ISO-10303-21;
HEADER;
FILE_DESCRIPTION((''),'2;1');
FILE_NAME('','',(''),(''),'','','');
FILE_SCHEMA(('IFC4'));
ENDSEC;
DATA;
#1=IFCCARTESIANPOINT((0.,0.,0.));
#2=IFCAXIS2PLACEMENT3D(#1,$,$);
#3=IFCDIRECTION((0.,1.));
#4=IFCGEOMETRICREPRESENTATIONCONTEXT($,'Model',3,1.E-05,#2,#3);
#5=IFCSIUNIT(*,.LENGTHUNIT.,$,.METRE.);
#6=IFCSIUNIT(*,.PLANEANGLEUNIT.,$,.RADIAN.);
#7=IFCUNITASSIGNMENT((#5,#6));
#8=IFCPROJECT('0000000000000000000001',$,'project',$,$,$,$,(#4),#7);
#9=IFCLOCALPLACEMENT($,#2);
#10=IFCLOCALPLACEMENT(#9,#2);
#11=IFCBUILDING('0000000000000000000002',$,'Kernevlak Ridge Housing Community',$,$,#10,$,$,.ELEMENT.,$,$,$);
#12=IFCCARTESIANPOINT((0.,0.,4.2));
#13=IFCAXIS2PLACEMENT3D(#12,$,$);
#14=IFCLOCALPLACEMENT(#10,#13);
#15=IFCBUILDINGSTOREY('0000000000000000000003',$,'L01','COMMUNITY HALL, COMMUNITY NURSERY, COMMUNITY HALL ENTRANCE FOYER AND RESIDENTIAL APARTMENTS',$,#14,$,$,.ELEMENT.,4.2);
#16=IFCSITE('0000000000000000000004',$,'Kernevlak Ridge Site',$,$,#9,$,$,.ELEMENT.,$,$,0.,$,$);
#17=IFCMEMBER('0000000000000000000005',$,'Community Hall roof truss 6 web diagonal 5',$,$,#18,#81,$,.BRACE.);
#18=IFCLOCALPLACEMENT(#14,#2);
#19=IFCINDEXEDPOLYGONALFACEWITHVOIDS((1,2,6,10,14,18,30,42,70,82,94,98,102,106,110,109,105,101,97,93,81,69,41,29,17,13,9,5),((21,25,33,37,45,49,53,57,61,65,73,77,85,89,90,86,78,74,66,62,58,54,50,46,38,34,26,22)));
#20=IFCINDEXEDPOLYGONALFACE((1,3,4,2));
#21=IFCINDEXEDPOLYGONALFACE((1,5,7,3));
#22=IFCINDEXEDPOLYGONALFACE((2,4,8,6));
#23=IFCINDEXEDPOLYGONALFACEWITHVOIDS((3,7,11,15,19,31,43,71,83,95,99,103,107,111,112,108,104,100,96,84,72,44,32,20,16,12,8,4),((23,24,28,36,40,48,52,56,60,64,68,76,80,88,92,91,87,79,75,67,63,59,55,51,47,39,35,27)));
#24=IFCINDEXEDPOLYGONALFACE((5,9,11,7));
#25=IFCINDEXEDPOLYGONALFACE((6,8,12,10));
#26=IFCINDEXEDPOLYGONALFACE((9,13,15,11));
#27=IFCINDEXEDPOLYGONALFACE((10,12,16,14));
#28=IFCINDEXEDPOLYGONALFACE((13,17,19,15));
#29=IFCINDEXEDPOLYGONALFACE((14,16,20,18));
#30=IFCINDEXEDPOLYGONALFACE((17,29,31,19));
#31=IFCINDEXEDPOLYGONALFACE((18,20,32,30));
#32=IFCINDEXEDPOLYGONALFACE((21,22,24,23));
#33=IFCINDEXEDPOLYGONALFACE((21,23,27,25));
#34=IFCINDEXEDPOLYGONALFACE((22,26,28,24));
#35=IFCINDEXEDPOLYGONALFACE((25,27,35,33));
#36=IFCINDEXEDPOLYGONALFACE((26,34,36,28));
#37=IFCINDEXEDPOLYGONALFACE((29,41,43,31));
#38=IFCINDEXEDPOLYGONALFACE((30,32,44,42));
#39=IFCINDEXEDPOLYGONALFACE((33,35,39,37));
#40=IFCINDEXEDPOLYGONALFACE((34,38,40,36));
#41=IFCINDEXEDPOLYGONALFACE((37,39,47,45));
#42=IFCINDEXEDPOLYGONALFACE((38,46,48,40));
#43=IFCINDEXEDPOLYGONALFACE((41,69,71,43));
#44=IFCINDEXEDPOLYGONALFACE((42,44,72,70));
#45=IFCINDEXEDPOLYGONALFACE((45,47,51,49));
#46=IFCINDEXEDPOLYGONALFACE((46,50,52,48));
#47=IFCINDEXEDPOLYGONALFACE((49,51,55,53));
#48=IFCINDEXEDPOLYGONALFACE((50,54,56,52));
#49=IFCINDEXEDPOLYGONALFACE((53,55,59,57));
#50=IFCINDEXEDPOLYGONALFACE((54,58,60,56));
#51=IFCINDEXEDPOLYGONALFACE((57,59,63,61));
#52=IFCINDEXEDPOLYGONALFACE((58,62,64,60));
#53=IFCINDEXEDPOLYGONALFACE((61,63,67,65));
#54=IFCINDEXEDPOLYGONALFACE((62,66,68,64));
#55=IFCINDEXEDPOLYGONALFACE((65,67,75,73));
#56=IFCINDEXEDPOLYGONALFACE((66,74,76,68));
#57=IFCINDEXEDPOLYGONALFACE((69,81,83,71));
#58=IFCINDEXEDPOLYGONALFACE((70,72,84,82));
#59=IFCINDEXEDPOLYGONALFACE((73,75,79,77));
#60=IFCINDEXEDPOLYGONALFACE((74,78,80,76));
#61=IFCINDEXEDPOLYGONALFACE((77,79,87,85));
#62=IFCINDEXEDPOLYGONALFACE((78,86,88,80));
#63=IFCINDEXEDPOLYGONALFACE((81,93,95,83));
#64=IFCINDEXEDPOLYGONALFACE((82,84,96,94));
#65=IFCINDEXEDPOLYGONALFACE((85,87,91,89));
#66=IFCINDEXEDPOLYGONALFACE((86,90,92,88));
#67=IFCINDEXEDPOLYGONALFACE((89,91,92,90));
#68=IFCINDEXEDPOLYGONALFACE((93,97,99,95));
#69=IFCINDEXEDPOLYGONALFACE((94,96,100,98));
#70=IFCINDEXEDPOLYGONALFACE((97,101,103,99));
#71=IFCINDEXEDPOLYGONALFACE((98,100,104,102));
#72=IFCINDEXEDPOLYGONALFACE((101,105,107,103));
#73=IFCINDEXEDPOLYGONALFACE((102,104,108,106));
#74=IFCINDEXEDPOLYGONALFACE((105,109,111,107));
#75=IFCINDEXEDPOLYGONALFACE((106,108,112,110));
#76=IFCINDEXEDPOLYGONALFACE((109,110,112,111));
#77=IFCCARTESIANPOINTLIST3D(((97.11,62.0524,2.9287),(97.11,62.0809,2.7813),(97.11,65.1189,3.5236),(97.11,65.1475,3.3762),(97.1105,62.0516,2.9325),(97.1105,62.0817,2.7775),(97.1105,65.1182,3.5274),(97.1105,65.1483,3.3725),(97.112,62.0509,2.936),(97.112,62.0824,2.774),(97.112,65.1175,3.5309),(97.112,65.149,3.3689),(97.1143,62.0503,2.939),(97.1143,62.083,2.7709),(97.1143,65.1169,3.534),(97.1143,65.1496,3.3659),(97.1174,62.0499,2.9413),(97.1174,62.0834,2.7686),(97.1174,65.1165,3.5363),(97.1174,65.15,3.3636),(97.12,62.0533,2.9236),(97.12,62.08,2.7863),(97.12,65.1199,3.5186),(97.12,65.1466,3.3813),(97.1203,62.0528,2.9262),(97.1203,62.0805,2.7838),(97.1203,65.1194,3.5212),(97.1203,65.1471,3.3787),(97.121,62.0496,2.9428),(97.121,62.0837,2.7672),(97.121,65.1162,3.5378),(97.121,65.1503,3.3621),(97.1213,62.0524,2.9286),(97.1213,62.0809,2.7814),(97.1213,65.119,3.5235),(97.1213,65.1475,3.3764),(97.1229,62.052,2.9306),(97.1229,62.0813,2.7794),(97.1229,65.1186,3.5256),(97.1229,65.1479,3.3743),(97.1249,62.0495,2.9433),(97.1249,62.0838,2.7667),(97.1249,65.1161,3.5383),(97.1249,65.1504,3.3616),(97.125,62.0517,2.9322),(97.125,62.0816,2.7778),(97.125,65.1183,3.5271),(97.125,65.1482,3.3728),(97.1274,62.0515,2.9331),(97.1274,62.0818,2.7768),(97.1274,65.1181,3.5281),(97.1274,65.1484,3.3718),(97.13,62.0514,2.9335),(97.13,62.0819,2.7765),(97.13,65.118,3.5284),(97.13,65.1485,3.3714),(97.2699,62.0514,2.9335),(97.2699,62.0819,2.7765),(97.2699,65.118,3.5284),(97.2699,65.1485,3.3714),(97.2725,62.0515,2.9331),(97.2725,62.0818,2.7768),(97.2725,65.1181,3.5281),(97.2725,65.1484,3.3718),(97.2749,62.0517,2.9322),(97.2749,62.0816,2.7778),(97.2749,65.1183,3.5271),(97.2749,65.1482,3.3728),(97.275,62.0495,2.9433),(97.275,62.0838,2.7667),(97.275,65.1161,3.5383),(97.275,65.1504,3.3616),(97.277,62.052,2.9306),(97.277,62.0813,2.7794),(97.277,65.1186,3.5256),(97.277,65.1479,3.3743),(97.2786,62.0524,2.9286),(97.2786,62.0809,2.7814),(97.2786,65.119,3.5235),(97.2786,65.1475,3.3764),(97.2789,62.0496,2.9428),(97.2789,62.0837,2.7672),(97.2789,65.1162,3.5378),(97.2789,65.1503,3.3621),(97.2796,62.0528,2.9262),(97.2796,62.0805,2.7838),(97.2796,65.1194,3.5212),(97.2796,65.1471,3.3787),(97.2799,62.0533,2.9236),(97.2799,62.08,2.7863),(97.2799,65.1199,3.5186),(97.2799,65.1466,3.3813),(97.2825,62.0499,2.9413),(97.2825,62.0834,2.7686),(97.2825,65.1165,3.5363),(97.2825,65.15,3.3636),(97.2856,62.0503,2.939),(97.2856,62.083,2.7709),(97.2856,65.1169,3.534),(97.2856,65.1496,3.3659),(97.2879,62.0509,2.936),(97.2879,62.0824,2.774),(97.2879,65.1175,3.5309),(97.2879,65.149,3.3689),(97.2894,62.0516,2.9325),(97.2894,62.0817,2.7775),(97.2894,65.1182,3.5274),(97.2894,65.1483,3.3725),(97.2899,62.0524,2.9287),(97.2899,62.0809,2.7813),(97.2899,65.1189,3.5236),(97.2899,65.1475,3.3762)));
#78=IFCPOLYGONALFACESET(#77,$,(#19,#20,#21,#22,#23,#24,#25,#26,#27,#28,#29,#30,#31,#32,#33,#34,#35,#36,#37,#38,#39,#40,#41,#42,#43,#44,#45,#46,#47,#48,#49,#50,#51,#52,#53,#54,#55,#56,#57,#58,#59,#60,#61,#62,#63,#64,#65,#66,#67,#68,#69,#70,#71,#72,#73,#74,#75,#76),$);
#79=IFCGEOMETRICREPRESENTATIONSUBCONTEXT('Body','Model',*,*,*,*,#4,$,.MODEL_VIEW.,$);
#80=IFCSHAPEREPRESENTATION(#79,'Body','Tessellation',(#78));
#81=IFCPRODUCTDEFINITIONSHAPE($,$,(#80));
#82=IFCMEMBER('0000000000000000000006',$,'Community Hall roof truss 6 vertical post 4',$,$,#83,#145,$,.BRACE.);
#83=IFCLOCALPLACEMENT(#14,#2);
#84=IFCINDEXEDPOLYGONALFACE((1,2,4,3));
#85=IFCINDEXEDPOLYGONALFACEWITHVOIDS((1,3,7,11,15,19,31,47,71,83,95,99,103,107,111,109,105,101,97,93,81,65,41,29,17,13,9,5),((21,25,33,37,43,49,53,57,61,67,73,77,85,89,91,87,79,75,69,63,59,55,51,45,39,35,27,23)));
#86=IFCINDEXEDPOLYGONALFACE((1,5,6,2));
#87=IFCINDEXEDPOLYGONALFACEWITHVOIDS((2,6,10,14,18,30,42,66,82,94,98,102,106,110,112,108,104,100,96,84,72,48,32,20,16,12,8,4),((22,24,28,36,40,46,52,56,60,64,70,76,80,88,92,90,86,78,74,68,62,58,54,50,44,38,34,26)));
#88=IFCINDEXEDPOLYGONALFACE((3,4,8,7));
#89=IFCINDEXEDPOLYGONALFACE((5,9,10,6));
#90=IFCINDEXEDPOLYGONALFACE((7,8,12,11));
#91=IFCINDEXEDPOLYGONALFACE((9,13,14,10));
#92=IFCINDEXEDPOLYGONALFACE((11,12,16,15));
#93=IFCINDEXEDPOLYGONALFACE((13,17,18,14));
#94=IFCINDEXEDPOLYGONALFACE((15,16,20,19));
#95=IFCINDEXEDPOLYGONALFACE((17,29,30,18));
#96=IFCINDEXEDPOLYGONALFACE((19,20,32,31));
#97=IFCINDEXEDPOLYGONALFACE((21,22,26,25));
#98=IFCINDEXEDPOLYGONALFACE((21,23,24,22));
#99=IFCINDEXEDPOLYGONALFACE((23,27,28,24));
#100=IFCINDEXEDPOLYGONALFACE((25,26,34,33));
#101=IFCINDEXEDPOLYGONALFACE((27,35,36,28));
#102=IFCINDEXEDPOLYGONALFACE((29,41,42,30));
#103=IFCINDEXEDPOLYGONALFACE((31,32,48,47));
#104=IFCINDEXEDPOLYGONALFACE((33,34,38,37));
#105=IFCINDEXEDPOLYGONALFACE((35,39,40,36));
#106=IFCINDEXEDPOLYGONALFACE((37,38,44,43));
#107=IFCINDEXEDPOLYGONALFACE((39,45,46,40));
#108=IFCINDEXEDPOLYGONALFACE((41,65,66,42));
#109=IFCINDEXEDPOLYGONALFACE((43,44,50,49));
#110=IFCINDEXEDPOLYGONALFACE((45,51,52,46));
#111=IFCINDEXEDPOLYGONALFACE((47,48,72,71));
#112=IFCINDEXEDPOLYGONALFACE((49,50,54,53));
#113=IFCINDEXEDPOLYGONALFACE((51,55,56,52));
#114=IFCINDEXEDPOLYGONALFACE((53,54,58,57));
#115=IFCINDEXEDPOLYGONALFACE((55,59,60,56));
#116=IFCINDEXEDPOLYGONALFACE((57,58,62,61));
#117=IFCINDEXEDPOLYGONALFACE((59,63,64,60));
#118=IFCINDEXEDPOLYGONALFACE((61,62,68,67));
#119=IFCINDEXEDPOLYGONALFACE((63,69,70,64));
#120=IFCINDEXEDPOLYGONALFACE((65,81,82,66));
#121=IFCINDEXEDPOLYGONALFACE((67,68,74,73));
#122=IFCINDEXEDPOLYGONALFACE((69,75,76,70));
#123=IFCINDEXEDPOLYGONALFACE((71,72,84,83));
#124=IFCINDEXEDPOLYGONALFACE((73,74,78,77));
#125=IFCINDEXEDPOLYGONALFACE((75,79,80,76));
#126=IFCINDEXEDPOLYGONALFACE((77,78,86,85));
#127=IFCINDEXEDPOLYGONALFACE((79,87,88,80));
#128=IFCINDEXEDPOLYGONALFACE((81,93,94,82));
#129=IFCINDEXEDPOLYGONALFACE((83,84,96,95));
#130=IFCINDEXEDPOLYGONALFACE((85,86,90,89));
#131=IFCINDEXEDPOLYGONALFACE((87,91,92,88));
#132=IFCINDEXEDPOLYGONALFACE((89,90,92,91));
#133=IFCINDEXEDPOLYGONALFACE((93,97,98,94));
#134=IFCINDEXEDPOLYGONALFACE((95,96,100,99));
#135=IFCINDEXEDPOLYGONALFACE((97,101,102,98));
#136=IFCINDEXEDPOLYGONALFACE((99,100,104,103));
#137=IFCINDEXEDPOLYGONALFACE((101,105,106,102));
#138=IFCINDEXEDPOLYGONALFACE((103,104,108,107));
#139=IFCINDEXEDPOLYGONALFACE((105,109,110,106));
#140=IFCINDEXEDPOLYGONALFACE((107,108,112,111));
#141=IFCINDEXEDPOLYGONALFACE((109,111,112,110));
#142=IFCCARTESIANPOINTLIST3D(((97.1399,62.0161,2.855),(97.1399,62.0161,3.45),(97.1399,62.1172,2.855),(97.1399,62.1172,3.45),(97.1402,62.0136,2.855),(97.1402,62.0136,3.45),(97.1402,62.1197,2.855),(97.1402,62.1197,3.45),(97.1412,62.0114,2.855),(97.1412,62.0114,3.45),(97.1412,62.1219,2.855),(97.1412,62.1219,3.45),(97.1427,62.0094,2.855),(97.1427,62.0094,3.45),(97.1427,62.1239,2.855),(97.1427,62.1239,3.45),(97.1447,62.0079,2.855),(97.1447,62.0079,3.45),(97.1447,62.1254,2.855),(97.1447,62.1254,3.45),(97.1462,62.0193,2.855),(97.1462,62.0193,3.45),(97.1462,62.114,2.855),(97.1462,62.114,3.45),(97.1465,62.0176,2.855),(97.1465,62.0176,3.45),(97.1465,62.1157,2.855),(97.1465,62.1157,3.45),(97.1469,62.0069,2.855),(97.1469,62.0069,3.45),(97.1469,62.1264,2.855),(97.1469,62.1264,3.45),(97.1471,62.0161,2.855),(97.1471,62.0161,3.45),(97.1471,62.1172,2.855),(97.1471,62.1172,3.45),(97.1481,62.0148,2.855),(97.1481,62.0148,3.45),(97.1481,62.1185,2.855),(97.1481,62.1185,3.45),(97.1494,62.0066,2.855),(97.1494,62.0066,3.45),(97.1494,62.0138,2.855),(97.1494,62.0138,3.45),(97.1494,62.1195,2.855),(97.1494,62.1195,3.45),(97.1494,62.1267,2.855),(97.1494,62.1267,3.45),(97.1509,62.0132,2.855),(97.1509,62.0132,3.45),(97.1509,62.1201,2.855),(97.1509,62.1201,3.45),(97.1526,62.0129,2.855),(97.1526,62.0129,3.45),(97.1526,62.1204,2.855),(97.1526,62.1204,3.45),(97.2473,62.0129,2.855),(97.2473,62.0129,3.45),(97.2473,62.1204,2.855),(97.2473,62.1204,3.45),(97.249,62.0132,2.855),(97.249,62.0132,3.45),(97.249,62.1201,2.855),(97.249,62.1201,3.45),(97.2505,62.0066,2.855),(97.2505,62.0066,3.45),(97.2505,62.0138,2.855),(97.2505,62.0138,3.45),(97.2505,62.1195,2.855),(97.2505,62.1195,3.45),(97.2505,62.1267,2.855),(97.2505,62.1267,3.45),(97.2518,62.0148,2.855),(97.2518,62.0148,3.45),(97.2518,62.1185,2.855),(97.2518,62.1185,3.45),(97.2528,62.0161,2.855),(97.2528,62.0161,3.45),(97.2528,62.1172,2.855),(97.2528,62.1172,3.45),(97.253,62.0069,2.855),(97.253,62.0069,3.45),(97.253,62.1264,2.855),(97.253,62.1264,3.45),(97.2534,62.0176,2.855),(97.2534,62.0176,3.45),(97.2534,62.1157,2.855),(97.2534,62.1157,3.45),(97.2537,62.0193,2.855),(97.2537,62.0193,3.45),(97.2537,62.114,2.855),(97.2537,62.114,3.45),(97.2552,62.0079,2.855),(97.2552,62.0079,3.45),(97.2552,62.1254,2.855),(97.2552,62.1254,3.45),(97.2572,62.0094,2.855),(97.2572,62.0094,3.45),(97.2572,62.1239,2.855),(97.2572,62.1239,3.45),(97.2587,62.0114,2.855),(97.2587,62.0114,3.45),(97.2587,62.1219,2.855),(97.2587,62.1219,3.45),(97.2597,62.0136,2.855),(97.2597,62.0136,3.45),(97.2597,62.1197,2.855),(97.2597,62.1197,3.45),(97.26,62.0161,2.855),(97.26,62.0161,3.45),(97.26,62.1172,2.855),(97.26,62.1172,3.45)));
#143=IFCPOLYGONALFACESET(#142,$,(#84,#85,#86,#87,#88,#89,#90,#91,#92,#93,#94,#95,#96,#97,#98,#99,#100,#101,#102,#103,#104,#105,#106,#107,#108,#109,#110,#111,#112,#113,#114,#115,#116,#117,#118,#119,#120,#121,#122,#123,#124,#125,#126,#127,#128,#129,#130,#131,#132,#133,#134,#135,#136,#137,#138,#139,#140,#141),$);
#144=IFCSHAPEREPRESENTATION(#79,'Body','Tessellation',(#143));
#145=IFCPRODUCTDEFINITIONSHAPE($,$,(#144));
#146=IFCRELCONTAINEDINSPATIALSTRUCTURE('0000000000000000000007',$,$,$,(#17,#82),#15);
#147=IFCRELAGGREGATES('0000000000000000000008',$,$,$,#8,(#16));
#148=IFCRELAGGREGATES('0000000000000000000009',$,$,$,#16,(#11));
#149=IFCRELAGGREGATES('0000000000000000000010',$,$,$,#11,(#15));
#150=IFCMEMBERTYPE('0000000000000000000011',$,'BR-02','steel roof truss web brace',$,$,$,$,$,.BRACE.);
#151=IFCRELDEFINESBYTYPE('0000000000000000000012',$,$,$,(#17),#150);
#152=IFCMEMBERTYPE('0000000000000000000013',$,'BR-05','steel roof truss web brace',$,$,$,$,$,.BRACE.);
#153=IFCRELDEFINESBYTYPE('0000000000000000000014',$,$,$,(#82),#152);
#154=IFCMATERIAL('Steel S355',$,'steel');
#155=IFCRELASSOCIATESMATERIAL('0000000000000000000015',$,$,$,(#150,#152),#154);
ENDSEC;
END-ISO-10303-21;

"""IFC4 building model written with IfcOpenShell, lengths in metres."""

from ifc_helpers import new_model, si_unit, direction, frame, origin, origin_2d, place, context, subcontext, project, spatial, hollow_rectangle, extrude, material, material_profile, profile_set, type_object, element, save


model = new_model("IFC4")

# Units and contexts
model_context = context("Model", 3, precision=1e-05, world=origin(), true_north=direction((0.0, 1.0)))
body_context = subcontext(model_context, "Body", "Model", "MODEL_VIEW")
ifc_project = project(units=[si_unit("LENGTHUNIT", "METRE"), si_unit("PLANEANGLEUNIT", "RADIAN")], contexts=[model_context])

# Site, building, storey
site_placement = place(None, origin())
site = spatial("IfcSite", under=ifc_project, at=site_placement, Name="Kernevlak Ridge Site", CompositionType="ELEMENT", RefElevation=0.0)
building_placement = place(site_placement, origin())
building = spatial("IfcBuilding", under=site, at=building_placement, Name="Kernevlak Ridge Housing Community", CompositionType="ELEMENT")
storey_placement = place(building_placement, frame((0.0, 0.0, 4.2)))
storey = spatial("IfcBuildingStorey", under=building, at=storey_placement, Name="L01", Description="COMMUNITY HALL, COMMUNITY NURSERY, COMMUNITY HALL ENTRANCE FOYER AND RESIDENTIAL APARTMENTS", CompositionType="ELEMENT", Elevation=4.2)

# Shared definitions
ifc_material_1 = material(Name="Steel S355", Category="steel")

# Members
ifc_material_profile_1 = material_profile(ifc_material_1, hollow_rectangle(XDim=0.1799, YDim=0.1799, WallThickness=0.01, InnerFilletRadius=0.01, OuterFilletRadius=0.0149, at=origin_2d()), Name="SHS 180x180x10")
ifc_profile_set_1 = profile_set([ifc_material_profile_1], Name="Steel S355")
member_type_1 = type_object("IfcMemberType", Name="BR-02", Description="steel roof truss web brace", PredefinedType="BRACE", material=ifc_profile_set_1)
member_1_placement = place(storey_placement, frame((97.2, 62.0667, 2.855), z_axis=(0.0, 0.981695, 0.190462), x_axis=(-1.0, 0.0, 0.0)))
element("IfcMember", 1, at=member_1_placement, inside=storey, type_object=member_type_1, Name="Community Hall roof truss 6 web diagonal 5", PredefinedType="BRACE", context=body_context, shape_type="SweptSolid", body=[
    extrude(hollow_rectangle(XDim=0.1799, YDim=0.1799, WallThickness=0.01, InnerFilletRadius=0.01, OuterFilletRadius=0.0149, at=origin_2d()), origin(), (0.0, 0.0, 1.0), 3.1238),
])
ifc_material_profile_2 = material_profile(ifc_material_1, hollow_rectangle(XDim=0.1201, YDim=0.1201, WallThickness=0.0063, InnerFilletRadius=0.0063, OuterFilletRadius=0.0095, at=origin_2d()), Name="SHS 120x120x6.3")
ifc_profile_set_2 = profile_set([ifc_material_profile_2], Name="Steel S355")
member_type_2 = type_object("IfcMemberType", Name="BR-05", Description="steel roof truss web brace", PredefinedType="BRACE", material=ifc_profile_set_2)
member_2_placement = place(storey_placement, frame((97.2, 62.0667, 2.855), z_axis=(0.0, 0.0, 1.0), x_axis=(1.0, 0.0, 0.0)))
element("IfcMember", 2, at=member_2_placement, inside=storey, type_object=member_type_2, Name="Community Hall roof truss 6 vertical post 4", PredefinedType="BRACE", context=body_context, shape_type="SweptSolid", body=[
    extrude(hollow_rectangle(XDim=0.1201, YDim=0.1201, WallThickness=0.0063, InnerFilletRadius=0.0063, OuterFilletRadius=0.0095, at=origin_2d()), origin(), (0.0, 0.0, 1.0), 0.595),
])

save(model, "model.ifc")
